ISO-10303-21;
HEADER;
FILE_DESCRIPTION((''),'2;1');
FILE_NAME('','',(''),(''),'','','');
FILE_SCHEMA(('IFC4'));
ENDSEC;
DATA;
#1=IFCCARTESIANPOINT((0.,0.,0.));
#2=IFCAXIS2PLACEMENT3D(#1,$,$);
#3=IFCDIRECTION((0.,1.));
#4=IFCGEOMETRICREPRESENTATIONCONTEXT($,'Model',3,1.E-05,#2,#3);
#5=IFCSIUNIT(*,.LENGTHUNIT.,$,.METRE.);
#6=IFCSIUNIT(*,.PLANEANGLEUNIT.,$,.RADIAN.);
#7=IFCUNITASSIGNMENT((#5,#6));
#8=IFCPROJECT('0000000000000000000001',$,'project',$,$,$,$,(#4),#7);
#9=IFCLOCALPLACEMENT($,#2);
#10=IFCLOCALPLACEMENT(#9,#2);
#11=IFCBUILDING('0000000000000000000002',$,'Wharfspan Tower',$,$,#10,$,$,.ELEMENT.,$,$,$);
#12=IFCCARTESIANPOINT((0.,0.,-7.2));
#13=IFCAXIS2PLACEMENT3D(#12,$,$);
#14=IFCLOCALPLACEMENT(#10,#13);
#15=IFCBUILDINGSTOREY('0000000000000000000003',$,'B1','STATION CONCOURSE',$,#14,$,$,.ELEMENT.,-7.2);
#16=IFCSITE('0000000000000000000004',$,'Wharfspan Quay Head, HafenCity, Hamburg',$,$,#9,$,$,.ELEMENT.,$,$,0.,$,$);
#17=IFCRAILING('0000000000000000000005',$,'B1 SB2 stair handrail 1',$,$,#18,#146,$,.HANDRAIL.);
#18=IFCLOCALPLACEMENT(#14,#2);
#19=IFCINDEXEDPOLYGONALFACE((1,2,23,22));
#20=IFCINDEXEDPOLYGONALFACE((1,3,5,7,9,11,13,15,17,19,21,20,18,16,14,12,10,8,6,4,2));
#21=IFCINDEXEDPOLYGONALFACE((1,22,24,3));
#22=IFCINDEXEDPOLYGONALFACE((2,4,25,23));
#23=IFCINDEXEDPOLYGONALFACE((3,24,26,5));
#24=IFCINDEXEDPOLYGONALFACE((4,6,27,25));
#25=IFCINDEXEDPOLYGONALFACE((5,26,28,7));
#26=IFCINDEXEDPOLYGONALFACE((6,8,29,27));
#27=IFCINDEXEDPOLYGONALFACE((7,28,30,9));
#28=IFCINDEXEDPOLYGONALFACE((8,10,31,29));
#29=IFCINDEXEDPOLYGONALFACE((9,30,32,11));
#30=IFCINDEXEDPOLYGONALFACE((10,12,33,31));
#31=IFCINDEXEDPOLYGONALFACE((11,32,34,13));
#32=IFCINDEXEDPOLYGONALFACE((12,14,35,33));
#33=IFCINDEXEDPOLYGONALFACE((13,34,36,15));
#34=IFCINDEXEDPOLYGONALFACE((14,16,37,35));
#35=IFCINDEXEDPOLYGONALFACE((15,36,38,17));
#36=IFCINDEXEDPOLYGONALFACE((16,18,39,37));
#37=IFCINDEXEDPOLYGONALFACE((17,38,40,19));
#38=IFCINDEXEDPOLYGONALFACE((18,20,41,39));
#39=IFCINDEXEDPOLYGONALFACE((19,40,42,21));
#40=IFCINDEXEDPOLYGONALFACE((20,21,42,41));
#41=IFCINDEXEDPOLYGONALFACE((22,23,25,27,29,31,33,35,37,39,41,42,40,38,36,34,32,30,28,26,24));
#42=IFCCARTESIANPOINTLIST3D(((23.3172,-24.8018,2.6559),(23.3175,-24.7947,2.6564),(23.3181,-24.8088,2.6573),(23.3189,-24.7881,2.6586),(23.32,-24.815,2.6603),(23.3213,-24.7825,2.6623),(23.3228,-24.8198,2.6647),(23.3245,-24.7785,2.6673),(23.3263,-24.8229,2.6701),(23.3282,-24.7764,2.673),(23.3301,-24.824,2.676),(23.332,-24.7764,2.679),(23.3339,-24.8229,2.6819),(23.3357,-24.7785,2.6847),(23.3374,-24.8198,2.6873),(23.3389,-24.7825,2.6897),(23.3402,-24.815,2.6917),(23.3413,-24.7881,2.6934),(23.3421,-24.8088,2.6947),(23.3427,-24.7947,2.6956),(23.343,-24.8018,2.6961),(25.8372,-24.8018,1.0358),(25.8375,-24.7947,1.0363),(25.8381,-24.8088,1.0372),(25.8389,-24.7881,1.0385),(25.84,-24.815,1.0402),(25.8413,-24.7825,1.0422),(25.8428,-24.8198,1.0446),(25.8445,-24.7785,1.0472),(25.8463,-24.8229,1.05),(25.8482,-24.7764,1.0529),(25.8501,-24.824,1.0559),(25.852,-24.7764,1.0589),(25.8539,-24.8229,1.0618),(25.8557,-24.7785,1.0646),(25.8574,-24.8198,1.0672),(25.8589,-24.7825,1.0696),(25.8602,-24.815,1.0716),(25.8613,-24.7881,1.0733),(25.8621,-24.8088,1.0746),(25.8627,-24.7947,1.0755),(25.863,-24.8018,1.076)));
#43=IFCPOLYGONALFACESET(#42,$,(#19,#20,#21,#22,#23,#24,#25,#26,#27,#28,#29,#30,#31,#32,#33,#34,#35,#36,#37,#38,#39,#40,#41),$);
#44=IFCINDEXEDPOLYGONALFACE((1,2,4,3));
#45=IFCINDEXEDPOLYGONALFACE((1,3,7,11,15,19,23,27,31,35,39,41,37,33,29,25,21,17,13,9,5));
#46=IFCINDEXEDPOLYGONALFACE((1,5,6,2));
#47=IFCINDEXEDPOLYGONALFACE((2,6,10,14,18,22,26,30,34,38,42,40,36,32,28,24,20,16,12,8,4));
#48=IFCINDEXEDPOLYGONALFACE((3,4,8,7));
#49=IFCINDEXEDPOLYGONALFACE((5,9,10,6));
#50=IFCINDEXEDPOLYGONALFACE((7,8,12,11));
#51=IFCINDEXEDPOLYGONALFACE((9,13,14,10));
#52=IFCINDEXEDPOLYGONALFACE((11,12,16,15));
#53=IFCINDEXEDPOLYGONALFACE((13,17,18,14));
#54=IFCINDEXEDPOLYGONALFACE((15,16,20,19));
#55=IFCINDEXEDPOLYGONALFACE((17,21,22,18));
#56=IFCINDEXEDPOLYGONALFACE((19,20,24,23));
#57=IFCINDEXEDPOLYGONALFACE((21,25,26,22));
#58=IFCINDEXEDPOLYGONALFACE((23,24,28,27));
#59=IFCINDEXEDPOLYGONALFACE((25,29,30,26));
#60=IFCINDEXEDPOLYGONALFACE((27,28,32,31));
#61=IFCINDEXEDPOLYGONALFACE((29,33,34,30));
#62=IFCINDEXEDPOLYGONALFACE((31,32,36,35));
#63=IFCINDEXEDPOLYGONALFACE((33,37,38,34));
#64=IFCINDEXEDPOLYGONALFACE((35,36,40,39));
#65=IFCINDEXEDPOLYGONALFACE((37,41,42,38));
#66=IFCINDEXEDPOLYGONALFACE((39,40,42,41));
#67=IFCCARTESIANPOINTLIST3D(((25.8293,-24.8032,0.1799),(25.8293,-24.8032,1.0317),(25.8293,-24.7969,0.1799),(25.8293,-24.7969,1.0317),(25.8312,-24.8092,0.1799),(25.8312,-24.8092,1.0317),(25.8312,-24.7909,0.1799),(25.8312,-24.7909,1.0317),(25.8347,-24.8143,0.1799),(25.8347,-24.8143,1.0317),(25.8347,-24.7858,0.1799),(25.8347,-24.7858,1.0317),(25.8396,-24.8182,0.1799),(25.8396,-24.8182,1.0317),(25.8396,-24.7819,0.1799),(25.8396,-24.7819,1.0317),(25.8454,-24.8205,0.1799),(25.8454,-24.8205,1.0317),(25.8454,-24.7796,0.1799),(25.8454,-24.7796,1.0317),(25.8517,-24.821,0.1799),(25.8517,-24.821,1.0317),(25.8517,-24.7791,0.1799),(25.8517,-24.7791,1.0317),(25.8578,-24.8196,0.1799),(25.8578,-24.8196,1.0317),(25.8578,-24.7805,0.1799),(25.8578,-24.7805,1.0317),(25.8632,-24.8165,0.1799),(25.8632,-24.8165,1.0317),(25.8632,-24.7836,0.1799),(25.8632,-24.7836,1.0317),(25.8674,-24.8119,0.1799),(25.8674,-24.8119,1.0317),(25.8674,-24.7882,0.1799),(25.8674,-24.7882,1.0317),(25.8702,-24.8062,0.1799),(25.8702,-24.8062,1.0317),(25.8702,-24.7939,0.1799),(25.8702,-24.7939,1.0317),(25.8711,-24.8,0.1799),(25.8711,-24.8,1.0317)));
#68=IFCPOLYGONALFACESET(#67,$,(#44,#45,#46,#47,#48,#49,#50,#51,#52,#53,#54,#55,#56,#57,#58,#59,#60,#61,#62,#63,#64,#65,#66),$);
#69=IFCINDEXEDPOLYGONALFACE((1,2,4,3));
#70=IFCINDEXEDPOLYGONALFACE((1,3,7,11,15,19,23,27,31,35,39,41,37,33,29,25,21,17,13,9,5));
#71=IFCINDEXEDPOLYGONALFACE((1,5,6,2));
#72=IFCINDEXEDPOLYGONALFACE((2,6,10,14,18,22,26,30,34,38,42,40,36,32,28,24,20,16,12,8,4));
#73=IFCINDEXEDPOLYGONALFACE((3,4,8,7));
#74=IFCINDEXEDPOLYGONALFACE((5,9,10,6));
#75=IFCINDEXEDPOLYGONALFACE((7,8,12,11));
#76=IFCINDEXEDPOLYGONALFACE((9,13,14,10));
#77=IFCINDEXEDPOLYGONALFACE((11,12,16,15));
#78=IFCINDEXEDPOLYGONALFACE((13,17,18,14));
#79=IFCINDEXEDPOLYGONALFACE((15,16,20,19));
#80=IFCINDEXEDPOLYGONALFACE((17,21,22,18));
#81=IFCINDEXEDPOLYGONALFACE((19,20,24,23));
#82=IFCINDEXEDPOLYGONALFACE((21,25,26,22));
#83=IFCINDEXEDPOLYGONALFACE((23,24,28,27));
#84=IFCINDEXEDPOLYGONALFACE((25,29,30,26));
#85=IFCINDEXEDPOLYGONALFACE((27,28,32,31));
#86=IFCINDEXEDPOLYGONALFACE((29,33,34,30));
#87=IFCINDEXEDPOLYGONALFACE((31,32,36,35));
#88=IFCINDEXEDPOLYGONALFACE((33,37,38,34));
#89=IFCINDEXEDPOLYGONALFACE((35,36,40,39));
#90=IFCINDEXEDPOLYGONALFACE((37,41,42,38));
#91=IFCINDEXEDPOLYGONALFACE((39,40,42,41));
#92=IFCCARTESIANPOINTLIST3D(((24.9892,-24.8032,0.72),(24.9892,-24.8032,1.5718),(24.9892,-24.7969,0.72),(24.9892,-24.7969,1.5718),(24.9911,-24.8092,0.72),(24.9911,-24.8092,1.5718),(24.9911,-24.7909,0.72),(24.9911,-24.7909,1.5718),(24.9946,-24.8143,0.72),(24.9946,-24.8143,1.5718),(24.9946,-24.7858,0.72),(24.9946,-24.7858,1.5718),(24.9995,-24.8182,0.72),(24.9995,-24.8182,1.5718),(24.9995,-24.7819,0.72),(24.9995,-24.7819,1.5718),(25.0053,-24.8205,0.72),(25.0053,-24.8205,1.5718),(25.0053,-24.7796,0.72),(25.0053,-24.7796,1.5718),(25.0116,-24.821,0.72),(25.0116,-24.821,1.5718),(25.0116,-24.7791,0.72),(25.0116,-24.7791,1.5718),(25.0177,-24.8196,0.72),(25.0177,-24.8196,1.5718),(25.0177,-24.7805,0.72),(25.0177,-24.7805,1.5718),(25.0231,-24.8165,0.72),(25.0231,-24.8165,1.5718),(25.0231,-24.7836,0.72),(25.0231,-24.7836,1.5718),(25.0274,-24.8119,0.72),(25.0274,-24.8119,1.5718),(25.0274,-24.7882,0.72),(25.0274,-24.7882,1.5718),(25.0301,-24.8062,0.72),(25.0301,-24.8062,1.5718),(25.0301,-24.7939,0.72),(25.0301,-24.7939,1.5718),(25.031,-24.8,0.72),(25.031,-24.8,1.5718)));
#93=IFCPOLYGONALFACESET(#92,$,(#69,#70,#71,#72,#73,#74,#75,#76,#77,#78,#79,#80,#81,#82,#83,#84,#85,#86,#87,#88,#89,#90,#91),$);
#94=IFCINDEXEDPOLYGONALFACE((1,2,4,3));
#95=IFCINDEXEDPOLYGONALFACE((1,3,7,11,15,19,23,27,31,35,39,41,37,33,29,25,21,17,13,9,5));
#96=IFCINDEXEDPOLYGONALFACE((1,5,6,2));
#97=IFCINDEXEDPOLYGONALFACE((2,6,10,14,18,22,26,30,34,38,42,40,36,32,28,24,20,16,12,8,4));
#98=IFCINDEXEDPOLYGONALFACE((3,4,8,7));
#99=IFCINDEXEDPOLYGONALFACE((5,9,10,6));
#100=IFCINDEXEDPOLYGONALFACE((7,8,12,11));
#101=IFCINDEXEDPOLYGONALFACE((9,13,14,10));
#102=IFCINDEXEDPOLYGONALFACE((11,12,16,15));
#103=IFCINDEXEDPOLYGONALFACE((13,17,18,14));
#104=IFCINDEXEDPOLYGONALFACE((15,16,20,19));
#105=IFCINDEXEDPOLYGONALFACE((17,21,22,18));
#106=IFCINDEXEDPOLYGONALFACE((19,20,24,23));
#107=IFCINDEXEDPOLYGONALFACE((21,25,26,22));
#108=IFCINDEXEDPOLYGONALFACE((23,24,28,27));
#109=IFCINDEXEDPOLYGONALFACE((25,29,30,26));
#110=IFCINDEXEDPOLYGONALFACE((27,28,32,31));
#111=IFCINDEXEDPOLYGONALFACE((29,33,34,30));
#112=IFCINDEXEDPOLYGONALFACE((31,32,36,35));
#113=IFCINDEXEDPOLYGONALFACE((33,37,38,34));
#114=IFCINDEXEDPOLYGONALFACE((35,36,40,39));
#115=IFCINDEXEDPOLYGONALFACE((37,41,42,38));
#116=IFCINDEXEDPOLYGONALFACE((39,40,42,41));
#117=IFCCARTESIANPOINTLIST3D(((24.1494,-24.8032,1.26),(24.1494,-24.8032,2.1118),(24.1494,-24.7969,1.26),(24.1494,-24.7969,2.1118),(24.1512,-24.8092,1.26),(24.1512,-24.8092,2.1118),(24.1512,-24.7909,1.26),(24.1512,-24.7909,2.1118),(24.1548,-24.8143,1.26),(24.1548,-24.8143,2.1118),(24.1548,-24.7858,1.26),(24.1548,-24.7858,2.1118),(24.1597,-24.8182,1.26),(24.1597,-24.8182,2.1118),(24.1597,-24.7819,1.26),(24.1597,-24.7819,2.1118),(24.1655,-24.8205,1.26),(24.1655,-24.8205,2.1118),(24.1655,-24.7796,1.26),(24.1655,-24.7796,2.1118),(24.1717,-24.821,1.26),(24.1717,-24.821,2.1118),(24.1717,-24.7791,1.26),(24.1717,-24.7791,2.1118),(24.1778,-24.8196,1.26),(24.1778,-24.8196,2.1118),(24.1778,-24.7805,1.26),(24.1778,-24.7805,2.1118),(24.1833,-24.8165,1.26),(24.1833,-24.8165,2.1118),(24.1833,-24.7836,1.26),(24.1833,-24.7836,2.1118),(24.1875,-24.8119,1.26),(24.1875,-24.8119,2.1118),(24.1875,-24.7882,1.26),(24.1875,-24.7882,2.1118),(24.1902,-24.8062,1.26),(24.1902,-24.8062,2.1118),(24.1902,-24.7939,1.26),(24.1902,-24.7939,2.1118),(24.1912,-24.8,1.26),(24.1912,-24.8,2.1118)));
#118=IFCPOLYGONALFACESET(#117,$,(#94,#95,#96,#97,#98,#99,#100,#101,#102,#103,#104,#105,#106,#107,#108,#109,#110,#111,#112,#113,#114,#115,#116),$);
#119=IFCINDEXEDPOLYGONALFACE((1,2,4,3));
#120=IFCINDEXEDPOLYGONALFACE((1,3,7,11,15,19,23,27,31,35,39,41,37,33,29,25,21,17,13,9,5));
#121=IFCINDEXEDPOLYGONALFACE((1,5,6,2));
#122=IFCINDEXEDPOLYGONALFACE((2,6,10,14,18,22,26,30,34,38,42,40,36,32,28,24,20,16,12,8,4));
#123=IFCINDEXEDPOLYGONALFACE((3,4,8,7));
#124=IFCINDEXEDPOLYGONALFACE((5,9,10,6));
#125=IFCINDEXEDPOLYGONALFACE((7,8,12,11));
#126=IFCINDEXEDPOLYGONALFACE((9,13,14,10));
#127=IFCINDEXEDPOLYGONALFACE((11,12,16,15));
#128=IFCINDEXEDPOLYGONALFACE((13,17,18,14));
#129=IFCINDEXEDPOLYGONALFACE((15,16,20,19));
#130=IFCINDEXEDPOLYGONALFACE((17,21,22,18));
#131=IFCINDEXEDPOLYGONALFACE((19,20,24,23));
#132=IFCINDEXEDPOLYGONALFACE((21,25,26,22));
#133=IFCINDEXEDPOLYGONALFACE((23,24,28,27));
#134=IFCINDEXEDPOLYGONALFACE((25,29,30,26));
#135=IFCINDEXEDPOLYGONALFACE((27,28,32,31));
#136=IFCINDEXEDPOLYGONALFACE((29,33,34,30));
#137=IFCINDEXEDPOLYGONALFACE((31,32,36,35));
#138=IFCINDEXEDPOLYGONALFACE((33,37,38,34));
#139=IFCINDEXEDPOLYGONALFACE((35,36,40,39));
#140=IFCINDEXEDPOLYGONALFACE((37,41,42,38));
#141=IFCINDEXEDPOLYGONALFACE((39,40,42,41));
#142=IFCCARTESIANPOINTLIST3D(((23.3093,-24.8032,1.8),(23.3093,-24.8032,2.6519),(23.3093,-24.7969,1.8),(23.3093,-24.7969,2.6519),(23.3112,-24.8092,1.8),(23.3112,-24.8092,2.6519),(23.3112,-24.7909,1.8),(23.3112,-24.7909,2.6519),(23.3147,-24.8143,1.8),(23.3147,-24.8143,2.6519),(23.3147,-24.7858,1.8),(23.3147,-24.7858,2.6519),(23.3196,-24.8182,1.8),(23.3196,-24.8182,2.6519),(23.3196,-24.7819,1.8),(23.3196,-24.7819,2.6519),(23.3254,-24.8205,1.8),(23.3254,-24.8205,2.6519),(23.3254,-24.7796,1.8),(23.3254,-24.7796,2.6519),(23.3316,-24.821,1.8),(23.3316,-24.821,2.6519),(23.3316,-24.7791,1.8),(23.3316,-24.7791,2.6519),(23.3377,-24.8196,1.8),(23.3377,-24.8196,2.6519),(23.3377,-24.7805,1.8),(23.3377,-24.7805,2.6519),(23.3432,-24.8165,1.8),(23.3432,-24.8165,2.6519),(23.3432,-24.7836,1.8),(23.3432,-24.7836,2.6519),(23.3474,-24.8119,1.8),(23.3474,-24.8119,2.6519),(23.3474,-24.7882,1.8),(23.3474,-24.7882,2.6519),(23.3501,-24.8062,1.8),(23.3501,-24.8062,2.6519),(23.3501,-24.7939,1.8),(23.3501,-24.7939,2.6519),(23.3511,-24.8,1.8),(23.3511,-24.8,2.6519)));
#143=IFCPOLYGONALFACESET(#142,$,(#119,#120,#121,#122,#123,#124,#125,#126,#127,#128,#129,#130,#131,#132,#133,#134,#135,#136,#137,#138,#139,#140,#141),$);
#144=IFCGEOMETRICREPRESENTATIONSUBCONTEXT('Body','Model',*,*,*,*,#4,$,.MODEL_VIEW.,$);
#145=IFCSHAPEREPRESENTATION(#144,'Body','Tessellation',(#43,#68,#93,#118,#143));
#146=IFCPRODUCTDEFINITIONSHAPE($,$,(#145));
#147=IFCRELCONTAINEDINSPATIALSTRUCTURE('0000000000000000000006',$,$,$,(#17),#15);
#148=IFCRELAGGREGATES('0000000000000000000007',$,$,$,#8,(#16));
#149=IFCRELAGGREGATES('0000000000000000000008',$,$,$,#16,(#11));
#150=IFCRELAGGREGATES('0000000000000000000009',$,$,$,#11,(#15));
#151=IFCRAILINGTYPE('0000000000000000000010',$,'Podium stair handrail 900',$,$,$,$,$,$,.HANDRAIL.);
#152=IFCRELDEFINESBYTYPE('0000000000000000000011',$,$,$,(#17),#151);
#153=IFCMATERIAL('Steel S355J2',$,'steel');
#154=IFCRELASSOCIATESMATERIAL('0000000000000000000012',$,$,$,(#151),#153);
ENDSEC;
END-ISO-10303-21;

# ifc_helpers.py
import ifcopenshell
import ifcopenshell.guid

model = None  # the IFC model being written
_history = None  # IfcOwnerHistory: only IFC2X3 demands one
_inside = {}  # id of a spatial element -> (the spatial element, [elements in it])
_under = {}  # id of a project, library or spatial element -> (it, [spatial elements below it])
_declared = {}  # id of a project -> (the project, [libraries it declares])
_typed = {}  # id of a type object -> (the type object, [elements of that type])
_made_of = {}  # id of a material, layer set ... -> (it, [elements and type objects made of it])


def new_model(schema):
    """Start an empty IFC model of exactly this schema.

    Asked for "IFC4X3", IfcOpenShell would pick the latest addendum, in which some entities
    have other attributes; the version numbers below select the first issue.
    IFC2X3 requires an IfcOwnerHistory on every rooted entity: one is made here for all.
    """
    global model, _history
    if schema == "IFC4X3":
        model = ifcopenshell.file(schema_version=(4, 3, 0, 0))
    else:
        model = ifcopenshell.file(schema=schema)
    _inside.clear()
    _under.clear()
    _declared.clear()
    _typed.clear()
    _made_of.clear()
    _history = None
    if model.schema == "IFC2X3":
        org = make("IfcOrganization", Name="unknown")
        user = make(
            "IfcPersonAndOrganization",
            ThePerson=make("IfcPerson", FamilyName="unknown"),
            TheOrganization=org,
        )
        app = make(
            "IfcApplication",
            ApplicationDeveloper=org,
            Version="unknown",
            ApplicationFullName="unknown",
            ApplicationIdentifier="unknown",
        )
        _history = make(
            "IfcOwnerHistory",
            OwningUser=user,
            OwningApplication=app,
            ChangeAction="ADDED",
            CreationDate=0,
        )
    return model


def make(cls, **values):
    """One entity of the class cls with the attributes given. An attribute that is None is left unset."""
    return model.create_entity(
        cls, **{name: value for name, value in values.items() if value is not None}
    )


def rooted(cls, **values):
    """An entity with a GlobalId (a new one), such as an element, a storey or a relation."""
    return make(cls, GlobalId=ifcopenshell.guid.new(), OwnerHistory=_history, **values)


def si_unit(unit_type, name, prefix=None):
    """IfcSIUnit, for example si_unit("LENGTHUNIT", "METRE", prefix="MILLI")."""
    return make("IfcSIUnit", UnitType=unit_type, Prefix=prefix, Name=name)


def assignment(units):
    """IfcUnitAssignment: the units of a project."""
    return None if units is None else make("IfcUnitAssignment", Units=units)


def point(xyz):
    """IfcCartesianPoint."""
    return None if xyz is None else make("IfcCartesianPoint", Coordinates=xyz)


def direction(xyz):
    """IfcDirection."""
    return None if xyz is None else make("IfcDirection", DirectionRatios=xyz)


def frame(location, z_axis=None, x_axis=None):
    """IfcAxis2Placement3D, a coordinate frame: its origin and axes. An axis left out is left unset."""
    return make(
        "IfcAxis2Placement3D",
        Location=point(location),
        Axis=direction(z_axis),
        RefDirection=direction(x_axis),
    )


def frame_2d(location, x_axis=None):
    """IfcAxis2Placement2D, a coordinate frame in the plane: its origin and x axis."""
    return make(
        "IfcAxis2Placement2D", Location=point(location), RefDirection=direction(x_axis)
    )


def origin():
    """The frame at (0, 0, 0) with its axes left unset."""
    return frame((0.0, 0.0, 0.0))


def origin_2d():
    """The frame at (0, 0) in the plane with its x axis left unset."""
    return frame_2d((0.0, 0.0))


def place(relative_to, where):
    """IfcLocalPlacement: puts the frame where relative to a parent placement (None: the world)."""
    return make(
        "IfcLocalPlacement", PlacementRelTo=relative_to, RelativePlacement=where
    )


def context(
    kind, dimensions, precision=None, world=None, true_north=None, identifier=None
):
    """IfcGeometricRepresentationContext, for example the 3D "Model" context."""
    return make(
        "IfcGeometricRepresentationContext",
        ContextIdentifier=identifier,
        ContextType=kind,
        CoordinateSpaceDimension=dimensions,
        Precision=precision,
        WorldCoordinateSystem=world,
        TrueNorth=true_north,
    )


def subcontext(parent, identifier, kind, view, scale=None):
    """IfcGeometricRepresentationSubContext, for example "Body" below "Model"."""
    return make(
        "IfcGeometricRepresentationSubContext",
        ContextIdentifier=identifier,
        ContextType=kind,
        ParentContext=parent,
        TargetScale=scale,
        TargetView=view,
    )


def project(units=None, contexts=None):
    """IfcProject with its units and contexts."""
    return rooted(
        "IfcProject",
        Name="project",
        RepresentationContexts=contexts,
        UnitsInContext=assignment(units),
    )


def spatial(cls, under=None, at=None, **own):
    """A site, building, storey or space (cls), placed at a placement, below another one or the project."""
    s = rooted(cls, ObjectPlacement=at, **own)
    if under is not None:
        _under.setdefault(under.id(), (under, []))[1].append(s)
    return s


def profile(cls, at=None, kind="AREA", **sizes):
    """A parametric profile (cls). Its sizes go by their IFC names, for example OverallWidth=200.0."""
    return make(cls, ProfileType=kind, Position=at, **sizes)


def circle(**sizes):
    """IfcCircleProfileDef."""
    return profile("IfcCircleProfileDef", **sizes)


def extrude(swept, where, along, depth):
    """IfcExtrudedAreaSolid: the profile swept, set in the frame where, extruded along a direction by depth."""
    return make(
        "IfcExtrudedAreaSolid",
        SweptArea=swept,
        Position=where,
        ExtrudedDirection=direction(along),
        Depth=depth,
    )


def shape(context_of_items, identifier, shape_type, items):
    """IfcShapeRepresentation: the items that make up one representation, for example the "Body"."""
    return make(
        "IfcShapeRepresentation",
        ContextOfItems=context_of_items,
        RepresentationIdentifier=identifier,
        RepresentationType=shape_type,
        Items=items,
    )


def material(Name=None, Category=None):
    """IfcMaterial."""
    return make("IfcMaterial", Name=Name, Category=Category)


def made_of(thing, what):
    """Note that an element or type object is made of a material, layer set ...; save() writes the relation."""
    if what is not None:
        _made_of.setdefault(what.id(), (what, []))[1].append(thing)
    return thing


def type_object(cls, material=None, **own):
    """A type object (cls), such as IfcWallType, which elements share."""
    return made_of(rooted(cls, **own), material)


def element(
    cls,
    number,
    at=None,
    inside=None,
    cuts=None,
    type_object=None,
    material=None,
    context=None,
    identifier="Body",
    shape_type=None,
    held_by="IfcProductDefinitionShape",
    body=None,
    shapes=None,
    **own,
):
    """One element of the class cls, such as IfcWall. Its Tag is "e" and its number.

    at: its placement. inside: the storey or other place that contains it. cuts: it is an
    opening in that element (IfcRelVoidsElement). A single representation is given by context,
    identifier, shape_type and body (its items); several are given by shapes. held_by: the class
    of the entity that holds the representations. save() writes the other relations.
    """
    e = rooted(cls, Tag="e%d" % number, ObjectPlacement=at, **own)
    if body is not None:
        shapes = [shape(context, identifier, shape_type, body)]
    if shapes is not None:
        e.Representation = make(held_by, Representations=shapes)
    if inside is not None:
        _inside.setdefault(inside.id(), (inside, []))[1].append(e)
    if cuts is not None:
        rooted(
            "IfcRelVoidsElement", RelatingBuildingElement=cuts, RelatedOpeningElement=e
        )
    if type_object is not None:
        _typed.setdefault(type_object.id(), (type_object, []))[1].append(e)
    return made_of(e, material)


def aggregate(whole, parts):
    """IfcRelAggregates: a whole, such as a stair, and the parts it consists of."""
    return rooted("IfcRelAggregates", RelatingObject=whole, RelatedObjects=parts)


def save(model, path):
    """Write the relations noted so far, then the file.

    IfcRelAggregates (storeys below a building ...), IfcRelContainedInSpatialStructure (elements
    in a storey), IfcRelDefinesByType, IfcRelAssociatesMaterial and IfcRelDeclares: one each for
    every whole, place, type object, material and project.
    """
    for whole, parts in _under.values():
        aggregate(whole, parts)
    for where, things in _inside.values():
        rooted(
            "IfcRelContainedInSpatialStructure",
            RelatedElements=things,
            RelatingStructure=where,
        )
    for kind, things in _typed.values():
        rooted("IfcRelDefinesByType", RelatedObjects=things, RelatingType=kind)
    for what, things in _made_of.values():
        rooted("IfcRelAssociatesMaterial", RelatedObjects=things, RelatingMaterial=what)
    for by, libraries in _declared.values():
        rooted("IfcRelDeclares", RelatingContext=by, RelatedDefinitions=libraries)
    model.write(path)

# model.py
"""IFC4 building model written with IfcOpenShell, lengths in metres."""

from ifc_helpers import new_model, si_unit, direction, frame, origin, origin_2d, place, context, subcontext, project, spatial, circle, extrude, material, type_object, element, save


model = new_model("IFC4")

# Units and contexts
model_context = context("Model", 3, precision=1e-05, world=origin(), true_north=direction((0.0, 1.0)))
body_context = subcontext(model_context, "Body", "Model", "MODEL_VIEW")
ifc_project = project(units=[si_unit("LENGTHUNIT", "METRE"), si_unit("PLANEANGLEUNIT", "RADIAN")], contexts=[model_context])

# Site, building, storey
site_placement = place(None, origin())
site = spatial("IfcSite", under=ifc_project, at=site_placement, Name="Wharfspan Quay Head, HafenCity, Hamburg", CompositionType="ELEMENT", RefElevation=0.0)
building_placement = place(site_placement, origin())
building = spatial("IfcBuilding", under=site, at=building_placement, Name="Wharfspan Tower", CompositionType="ELEMENT")
storey_placement = place(building_placement, frame((0.0, 0.0, -7.2)))
storey = spatial("IfcBuildingStorey", under=building, at=storey_placement, Name="B1", Description="STATION CONCOURSE", CompositionType="ELEMENT", Elevation=-7.2)

# Railing
ifc_material_1 = material(Name="Steel S355J2", Category="steel")
railing_type = type_object("IfcRailingType", Name="Podium stair handrail 900", PredefinedType="HANDRAIL", material=ifc_material_1)
railing_1_placement = place(storey_placement, frame((25.8501, -24.8, 0.1799)))
element("IfcRailing", 1, at=railing_1_placement, inside=storey, type_object=railing_type, Name="B1 SB2 stair handrail 1", PredefinedType="HANDRAIL", context=body_context, shape_type="SweptSolid", body=[
    extrude(circle(Radius=0.0239, at=origin_2d()), frame((0.0, 0.0, 0.876), z_axis=(-0.841163, 0.0, 0.540782), x_axis=(0.0, -1.0, 0.0)), (0.0, 0.0, 1.0), 2.9958),
    extrude(circle(Radius=0.021, at=origin_2d()), origin(), (0.0, 0.0, 1.0), 0.8518),
    extrude(circle(Radius=0.021, at=origin_2d()), frame((-0.8401, 0.0, 0.54)), (0.0, 0.0, 1.0), 0.8518),
    extrude(circle(Radius=0.021, at=origin_2d()), frame((-1.6799, 0.0, 1.0801)), (0.0, 0.0, 1.0), 0.8518),
    extrude(circle(Radius=0.021, at=origin_2d()), frame((-2.52, 0.0, 1.6201)), (0.0, 0.0, 1.0), 0.8518),
])

save(model, "model.ifc")
